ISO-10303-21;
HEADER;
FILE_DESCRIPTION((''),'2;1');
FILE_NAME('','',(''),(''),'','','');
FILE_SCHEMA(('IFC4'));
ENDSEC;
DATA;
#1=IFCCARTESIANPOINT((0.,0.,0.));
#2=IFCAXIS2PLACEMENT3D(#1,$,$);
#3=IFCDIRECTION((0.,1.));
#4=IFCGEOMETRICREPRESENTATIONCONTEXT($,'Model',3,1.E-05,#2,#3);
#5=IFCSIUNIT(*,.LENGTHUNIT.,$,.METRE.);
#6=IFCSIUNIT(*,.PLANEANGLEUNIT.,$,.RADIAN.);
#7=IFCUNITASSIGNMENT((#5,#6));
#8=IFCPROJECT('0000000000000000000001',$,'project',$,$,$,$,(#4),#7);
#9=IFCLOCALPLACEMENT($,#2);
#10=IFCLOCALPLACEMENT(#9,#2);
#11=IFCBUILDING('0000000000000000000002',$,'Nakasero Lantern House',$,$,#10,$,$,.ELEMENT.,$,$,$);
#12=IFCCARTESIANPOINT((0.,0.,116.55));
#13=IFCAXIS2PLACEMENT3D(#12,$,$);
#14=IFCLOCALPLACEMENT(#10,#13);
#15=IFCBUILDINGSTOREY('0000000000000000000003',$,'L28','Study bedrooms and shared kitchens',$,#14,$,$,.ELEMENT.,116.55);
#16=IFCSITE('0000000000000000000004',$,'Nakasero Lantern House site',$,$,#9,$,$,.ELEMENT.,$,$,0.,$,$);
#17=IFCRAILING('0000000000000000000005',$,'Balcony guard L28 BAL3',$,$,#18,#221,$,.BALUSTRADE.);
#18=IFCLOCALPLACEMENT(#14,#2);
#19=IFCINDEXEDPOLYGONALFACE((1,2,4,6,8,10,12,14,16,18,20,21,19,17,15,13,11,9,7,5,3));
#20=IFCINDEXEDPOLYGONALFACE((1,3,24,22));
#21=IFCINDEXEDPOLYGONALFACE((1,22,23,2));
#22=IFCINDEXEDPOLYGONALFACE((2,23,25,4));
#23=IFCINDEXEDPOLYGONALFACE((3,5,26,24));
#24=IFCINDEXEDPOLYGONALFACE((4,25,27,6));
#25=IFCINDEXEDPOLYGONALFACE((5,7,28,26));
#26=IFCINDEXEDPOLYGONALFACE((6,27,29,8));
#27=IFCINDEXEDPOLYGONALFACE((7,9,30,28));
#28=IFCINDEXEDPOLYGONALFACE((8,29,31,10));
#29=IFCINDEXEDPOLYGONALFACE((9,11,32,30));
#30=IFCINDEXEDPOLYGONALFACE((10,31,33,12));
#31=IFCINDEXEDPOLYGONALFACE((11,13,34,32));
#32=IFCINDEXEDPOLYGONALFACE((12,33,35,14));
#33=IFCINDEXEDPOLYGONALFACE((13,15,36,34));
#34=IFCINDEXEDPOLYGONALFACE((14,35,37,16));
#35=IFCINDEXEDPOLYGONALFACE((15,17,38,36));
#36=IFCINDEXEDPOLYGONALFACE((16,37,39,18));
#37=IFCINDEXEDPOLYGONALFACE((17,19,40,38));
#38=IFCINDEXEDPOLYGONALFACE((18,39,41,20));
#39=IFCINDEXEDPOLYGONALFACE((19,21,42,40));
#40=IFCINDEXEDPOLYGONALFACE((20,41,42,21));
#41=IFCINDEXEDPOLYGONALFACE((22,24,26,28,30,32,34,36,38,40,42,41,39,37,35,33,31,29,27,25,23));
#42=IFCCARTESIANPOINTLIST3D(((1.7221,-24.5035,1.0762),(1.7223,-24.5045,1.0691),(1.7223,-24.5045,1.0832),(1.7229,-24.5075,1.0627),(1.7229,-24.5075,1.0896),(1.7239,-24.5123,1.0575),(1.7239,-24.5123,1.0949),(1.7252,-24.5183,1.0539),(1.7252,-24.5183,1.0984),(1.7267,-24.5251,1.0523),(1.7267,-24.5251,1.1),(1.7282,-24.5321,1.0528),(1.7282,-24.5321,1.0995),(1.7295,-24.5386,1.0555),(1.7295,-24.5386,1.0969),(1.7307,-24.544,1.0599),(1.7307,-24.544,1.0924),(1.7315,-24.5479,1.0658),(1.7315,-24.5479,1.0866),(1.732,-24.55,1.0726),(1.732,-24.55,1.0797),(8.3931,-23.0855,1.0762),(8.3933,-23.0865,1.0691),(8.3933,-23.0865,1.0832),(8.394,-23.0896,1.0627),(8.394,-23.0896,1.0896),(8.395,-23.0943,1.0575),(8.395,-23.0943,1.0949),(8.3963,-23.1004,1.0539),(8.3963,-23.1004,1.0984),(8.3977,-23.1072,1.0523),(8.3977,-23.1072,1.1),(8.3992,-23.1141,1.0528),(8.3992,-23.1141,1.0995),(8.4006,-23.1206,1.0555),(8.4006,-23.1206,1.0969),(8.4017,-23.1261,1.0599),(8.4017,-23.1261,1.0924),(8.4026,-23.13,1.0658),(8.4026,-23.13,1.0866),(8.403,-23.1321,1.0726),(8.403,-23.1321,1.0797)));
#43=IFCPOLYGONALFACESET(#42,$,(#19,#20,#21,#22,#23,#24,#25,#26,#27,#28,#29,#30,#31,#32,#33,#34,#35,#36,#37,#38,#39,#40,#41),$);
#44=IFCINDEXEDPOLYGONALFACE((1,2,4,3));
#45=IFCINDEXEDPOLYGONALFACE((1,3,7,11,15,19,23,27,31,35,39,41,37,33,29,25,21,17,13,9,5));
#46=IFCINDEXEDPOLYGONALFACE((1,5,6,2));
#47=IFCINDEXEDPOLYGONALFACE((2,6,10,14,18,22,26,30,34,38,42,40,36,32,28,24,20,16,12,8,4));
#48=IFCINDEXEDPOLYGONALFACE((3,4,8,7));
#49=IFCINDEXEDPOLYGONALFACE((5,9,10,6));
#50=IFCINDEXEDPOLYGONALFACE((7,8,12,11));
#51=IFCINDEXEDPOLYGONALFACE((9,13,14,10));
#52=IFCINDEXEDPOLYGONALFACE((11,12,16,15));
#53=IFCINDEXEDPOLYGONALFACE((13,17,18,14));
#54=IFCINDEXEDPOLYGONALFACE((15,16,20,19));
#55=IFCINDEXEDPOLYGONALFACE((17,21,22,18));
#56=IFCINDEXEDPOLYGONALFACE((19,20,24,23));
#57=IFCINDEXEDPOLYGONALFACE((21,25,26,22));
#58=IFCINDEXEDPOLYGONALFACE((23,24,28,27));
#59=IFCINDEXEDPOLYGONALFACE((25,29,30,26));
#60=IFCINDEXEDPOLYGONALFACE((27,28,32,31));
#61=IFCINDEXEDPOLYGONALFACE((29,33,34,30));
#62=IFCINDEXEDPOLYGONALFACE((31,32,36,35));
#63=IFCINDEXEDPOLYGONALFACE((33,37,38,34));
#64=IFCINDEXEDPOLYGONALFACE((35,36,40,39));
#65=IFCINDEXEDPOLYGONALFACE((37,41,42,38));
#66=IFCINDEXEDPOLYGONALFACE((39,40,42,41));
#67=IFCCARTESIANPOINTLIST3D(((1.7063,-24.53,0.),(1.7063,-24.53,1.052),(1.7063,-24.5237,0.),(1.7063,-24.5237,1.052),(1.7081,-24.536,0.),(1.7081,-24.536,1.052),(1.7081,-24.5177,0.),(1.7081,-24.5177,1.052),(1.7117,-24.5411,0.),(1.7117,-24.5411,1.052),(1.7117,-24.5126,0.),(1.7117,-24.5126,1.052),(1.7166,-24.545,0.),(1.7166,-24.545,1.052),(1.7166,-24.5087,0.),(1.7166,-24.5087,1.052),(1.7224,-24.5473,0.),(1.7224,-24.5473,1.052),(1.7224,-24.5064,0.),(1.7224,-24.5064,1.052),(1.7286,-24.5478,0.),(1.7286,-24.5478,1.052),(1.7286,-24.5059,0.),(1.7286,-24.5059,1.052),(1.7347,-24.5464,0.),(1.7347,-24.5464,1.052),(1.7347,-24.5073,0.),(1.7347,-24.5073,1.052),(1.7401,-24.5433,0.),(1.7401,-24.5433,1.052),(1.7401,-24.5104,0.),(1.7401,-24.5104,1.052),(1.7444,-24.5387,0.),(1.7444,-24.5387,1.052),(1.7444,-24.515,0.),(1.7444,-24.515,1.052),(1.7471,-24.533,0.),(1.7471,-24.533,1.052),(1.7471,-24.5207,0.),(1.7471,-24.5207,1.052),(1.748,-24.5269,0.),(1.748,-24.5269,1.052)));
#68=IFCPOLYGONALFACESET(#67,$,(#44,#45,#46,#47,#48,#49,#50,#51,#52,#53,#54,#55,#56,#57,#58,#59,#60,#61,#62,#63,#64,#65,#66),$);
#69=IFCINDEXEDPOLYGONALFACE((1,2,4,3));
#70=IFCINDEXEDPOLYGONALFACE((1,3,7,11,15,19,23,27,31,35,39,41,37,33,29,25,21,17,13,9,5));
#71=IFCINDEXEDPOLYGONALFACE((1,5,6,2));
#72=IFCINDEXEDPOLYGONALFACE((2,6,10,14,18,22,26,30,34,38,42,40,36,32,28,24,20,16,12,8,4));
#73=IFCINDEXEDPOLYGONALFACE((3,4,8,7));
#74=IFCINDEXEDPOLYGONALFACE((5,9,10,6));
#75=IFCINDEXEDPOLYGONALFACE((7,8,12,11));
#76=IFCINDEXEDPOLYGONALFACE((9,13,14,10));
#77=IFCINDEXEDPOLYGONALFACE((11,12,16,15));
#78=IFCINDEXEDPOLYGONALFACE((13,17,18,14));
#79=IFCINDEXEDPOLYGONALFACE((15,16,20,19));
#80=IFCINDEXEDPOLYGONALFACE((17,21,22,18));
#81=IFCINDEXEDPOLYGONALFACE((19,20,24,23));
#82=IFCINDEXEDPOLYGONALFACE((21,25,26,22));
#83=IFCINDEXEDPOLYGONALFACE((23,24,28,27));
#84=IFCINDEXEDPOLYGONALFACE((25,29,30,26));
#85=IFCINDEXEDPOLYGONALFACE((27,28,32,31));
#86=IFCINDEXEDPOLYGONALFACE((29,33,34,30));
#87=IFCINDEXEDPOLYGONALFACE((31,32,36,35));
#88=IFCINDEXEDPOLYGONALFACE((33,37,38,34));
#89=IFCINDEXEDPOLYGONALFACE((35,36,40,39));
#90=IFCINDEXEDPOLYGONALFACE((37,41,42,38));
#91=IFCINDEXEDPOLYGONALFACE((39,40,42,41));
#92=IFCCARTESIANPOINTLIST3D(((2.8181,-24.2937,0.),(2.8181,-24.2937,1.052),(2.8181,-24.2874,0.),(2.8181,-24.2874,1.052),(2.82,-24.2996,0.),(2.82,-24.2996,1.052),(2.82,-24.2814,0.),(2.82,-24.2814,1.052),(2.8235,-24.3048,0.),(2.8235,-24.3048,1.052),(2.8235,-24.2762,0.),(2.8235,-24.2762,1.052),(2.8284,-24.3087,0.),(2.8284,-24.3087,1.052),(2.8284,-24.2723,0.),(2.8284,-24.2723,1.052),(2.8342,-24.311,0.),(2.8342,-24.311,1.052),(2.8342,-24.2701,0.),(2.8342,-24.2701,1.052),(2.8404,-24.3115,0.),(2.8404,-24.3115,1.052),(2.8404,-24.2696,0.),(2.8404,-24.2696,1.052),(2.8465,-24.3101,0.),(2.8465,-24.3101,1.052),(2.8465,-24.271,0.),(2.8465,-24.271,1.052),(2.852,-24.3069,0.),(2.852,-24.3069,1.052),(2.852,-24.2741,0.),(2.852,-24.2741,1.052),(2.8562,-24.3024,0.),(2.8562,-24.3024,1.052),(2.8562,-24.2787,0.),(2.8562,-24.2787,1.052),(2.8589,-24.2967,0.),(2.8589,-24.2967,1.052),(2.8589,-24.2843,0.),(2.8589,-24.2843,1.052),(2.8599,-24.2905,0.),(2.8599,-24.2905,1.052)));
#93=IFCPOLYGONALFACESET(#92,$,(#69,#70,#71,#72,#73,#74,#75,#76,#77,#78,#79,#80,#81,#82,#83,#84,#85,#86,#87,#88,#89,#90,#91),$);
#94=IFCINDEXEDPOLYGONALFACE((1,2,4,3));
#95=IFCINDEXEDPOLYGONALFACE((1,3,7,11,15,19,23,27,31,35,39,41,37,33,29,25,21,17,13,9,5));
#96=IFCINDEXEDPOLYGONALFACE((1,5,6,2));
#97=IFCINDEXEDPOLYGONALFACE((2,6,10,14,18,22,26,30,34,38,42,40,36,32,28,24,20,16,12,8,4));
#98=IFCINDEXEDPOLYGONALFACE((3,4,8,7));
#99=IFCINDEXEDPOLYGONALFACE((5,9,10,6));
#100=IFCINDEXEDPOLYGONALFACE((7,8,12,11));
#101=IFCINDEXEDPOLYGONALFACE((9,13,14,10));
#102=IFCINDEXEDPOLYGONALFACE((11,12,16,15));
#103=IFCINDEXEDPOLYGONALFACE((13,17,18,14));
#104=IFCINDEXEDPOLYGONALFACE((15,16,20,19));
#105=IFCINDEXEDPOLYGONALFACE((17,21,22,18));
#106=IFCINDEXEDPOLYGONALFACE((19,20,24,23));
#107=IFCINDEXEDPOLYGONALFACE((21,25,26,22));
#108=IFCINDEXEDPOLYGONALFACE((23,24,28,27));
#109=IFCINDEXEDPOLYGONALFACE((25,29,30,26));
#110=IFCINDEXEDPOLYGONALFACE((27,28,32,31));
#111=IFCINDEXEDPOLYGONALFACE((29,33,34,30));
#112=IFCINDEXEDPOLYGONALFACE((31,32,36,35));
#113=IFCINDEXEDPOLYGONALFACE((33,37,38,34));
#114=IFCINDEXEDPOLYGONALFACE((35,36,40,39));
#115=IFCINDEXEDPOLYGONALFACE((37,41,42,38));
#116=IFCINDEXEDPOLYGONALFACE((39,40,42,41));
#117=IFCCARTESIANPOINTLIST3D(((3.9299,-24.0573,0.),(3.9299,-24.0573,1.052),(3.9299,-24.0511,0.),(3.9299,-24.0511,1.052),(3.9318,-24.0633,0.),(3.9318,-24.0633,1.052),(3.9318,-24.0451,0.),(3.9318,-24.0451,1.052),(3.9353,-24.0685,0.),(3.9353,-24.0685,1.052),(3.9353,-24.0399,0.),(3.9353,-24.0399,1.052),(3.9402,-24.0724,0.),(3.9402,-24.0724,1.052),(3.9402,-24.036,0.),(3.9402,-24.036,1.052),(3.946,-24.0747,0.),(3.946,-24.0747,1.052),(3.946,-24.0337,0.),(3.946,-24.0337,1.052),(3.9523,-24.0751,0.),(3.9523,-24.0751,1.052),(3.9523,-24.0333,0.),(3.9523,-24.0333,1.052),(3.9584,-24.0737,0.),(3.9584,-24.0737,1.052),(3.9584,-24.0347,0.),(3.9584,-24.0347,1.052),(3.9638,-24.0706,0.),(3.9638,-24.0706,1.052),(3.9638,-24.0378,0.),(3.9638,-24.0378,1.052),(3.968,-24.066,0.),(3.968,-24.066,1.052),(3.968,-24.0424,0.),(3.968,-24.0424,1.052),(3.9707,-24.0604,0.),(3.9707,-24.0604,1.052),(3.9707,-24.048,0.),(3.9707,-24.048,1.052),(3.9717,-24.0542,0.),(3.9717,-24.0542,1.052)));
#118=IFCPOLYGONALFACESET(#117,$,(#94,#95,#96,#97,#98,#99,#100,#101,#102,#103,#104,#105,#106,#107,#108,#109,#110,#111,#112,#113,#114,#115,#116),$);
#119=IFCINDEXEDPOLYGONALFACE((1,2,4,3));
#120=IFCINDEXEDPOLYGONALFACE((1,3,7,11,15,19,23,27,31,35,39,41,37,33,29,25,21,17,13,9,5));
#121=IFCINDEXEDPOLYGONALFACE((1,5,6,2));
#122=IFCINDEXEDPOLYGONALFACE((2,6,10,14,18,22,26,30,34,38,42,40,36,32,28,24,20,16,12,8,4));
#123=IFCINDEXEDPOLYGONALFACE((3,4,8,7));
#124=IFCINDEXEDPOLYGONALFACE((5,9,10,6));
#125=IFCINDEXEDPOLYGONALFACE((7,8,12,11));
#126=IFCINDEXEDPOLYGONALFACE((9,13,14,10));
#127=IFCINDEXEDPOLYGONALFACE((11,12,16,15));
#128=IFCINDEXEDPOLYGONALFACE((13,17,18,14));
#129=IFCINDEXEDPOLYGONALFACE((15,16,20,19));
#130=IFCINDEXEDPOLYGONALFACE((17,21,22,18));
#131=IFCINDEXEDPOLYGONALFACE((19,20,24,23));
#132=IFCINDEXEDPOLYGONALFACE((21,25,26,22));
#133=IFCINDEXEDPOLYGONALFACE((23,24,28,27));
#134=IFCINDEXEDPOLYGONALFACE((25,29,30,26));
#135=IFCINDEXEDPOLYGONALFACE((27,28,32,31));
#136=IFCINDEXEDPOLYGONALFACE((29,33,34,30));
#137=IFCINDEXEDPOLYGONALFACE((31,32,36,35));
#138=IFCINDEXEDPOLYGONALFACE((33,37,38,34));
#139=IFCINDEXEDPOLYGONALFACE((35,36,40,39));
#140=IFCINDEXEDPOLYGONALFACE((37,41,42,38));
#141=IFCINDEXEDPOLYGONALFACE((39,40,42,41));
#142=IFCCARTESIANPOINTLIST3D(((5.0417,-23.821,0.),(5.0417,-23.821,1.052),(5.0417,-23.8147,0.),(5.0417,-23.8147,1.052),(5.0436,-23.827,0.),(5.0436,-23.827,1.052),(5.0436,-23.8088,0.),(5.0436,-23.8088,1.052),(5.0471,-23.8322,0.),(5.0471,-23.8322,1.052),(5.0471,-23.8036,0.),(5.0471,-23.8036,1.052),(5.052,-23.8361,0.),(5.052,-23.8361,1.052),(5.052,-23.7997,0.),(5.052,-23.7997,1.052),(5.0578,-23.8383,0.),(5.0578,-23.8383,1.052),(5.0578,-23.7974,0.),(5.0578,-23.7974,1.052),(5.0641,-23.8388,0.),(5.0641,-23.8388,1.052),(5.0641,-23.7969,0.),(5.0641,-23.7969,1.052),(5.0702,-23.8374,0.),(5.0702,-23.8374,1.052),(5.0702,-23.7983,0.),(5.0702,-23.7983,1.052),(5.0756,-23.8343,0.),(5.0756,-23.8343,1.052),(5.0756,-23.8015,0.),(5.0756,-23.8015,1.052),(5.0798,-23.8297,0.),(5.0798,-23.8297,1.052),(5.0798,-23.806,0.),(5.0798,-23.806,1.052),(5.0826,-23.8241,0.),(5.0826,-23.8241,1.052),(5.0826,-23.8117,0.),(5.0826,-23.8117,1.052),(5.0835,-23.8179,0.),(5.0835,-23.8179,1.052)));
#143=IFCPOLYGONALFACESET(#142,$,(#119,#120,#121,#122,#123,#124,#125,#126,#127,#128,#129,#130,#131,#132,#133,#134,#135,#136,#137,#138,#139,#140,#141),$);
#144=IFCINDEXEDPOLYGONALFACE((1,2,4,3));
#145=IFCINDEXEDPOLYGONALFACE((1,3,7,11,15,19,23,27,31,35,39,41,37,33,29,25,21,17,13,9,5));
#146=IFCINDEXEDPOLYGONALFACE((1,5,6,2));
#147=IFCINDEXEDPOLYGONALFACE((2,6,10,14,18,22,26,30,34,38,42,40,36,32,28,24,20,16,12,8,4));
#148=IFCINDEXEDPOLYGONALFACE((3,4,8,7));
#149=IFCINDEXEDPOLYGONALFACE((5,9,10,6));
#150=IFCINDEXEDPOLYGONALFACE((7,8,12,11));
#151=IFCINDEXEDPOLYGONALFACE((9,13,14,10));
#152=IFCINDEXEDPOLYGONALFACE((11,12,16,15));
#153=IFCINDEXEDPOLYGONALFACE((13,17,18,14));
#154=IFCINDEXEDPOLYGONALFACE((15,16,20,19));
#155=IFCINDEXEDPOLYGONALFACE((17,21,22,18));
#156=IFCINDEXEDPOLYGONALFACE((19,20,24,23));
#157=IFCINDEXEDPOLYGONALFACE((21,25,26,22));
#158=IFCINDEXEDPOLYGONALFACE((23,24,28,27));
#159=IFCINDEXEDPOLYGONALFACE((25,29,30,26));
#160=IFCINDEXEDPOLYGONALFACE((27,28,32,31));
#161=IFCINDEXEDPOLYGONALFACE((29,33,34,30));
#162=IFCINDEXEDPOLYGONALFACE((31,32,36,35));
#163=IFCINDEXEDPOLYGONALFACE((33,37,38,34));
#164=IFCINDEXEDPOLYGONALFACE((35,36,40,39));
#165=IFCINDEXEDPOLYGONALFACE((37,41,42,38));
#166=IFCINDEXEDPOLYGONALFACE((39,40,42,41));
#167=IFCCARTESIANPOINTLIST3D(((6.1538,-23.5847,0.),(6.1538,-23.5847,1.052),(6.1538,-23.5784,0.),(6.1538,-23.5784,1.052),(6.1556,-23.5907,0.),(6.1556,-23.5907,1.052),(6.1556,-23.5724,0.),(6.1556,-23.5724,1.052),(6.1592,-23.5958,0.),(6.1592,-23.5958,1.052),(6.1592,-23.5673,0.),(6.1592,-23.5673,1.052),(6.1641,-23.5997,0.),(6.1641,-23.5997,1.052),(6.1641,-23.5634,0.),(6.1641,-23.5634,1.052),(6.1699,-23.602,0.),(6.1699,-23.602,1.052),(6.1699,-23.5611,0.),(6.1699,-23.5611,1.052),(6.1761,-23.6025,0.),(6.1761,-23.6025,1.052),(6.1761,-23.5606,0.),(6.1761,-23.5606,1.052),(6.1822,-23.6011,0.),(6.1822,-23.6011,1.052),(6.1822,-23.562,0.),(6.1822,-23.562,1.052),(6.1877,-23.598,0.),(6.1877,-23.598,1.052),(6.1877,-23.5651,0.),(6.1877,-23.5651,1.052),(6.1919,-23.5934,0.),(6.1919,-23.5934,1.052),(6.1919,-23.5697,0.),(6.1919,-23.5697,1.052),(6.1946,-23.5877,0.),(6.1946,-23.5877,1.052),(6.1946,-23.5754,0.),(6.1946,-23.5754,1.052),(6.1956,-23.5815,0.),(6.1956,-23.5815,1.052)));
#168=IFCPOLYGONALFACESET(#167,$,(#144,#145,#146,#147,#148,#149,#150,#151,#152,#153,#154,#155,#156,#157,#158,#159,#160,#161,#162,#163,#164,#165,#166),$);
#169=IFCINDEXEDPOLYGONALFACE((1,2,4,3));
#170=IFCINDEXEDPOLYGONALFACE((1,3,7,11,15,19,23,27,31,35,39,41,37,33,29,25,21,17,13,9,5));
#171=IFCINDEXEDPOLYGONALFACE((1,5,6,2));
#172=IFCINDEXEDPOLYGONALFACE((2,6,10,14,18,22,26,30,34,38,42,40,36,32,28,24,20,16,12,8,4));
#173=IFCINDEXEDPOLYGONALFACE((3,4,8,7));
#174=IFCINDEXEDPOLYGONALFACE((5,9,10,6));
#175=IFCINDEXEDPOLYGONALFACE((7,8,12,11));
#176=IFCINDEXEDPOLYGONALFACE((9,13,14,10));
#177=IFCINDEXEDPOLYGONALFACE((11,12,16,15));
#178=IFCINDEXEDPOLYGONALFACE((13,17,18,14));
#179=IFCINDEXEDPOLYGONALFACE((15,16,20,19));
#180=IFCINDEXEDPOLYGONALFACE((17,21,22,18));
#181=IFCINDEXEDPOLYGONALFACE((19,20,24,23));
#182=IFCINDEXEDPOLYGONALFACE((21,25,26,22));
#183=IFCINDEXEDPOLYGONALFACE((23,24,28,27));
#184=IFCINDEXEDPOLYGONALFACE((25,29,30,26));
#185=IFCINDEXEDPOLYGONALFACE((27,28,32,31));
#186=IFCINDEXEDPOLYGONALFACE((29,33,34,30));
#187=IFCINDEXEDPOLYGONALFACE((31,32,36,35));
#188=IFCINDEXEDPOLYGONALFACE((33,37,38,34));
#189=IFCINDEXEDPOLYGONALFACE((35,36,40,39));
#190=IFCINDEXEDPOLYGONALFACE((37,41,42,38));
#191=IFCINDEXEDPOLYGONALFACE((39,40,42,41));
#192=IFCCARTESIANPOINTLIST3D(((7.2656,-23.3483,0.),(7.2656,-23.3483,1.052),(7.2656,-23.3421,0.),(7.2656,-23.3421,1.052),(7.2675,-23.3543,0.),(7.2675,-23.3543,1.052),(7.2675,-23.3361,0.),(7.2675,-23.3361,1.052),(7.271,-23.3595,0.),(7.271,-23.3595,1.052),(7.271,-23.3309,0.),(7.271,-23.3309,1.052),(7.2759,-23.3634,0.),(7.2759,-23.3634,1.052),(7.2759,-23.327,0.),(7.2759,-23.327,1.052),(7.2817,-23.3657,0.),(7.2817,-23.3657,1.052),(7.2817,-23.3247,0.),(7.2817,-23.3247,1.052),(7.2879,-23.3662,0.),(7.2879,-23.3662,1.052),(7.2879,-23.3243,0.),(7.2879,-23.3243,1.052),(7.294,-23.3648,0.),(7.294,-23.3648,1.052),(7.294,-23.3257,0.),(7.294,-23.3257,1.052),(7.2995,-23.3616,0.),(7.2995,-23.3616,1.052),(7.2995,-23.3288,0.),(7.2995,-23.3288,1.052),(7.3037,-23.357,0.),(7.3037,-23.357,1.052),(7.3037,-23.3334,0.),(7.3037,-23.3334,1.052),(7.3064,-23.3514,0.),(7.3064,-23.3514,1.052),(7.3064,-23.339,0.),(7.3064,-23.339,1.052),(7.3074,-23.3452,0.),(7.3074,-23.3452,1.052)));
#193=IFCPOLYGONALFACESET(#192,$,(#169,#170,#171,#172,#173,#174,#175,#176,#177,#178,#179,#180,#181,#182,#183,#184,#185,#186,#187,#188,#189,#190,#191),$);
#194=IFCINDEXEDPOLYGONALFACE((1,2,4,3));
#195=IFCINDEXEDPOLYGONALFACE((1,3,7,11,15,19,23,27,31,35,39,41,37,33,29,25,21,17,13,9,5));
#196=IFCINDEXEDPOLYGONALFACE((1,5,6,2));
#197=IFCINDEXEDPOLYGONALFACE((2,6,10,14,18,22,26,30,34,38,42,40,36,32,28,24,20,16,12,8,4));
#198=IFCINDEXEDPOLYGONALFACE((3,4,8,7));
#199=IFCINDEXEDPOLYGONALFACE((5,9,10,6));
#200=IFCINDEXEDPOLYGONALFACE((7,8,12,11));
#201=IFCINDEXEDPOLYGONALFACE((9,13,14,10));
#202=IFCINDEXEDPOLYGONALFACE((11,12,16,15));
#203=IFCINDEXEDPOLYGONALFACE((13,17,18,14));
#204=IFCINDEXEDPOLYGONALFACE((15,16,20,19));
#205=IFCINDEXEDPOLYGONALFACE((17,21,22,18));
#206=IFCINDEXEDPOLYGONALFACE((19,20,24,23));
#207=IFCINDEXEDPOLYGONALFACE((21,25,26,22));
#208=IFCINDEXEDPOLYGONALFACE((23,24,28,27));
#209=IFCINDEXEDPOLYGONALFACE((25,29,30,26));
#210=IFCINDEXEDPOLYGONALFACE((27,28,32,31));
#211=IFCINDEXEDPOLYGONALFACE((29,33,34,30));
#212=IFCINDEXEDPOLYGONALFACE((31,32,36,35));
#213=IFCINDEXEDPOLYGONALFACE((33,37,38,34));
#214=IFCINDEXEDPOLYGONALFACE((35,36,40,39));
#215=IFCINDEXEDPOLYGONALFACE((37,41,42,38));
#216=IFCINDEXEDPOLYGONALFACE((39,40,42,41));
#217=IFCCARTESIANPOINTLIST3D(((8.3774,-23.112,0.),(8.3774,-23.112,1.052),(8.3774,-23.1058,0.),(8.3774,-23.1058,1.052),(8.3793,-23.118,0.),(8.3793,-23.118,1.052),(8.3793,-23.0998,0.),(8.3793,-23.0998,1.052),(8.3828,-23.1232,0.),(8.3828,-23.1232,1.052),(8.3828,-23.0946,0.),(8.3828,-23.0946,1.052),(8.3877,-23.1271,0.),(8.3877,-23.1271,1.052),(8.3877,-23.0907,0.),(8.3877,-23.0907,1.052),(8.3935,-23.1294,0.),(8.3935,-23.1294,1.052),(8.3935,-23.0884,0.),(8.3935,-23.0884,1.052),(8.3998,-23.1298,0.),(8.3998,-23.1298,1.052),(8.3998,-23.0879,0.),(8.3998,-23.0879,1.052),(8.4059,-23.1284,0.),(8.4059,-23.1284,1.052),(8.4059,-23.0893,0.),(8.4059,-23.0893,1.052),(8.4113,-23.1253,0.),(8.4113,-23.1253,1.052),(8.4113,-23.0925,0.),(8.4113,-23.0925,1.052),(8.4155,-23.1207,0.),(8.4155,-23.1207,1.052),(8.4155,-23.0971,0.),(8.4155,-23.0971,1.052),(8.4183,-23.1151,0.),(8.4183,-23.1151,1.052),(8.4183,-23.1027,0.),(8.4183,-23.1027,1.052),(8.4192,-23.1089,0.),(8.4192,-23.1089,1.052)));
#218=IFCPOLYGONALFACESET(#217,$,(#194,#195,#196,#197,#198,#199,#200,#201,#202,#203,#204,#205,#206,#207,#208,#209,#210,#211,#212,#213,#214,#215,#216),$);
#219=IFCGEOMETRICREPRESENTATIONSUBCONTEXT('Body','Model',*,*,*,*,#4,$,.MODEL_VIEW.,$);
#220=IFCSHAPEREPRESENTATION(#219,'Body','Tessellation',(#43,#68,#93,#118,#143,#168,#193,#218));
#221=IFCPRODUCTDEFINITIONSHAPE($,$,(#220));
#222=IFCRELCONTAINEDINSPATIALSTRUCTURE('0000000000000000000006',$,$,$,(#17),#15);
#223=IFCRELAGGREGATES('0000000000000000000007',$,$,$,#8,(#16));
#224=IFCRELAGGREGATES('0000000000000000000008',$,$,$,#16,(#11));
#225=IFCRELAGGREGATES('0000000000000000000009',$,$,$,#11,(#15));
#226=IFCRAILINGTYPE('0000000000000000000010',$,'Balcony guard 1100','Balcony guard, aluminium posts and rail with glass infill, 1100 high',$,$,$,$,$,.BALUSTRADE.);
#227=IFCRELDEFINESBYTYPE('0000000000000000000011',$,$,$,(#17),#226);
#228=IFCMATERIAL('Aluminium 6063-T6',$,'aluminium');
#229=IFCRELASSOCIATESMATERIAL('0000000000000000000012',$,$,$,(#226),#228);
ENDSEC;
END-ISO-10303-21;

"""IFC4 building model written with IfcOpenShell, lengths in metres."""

from ifc_helpers import new_model, si_unit, direction, frame, origin, origin_2d, place, context, subcontext, project, spatial, circle, extrude, material, type_object, element, save


model = new_model("IFC4")

# Units and contexts
model_context = context("Model", 3, precision=1e-05, world=origin(), true_north=direction((0.0, 1.0)))
body_context = subcontext(model_context, "Body", "Model", "MODEL_VIEW")
ifc_project = project(units=[si_unit("LENGTHUNIT", "METRE"), si_unit("PLANEANGLEUNIT", "RADIAN")], contexts=[model_context])

# Site, building, storey
site_placement = place(None, origin())
site = spatial("IfcSite", under=ifc_project, at=site_placement, Name="Nakasero Lantern House site", CompositionType="ELEMENT", RefElevation=0.0)
building_placement = place(site_placement, origin())
building = spatial("IfcBuilding", under=site, at=building_placement, Name="Nakasero Lantern House", CompositionType="ELEMENT")
storey_placement = place(building_placement, frame((0.0, 0.0, 116.55)))
storey = spatial("IfcBuildingStorey", under=building, at=storey_placement, Name="L28", Description="Study bedrooms and shared kitchens", CompositionType="ELEMENT", Elevation=116.55)

# Railing
ifc_material_1 = material(Name="Aluminium 6063-T6", Category="aluminium")
railing_type = type_object("IfcRailingType", Name="Balcony guard 1100", Description="Balcony guard, aluminium posts and rail with glass infill, 1100 high", PredefinedType="BALUSTRADE", material=ifc_material_1)
railing_placement = place(storey_placement, frame((1.7271, -24.5269, 0.0)))
element("IfcRailing", 1, at=railing_placement, inside=storey, type_object=railing_type, Name="Balcony guard L28 BAL3", PredefinedType="BALUSTRADE", context=body_context, shape_type="SweptSolid", body=[
    extrude(circle(Radius=0.0239, at=origin_2d()), frame((0.0, 0.0, 1.0762), z_axis=(0.978148, 0.207908, 0.0), x_axis=(-0.207908, 0.978148, 0.0)), (0.0, 0.0, 1.0), 6.8201),
    extrude(circle(Radius=0.021, at=origin_2d()), origin(), (0.0, 0.0, 1.0), 1.052),
    extrude(circle(Radius=0.021, at=origin_2d()), frame((1.1118, 0.2363, 0.0)), (0.0, 0.0, 1.0), 1.052),
    extrude(circle(Radius=0.021, at=origin_2d()), frame((2.2236, 0.4727, 0.0)), (0.0, 0.0, 1.0), 1.052),
    extrude(circle(Radius=0.021, at=origin_2d()), frame((3.3354, 0.709, 0.0)), (0.0, 0.0, 1.0), 1.052),
    extrude(circle(Radius=0.021, at=origin_2d()), frame((4.4475, 0.9453, 0.0)), (0.0, 0.0, 1.0), 1.052),
    extrude(circle(Radius=0.021, at=origin_2d()), frame((5.5593, 1.1816, 0.0)), (0.0, 0.0, 1.0), 1.052),
    extrude(circle(Radius=0.021, at=origin_2d()), frame((6.6711, 1.418, 0.0)), (0.0, 0.0, 1.0), 1.052),
])

save(model, "model.ifc")
